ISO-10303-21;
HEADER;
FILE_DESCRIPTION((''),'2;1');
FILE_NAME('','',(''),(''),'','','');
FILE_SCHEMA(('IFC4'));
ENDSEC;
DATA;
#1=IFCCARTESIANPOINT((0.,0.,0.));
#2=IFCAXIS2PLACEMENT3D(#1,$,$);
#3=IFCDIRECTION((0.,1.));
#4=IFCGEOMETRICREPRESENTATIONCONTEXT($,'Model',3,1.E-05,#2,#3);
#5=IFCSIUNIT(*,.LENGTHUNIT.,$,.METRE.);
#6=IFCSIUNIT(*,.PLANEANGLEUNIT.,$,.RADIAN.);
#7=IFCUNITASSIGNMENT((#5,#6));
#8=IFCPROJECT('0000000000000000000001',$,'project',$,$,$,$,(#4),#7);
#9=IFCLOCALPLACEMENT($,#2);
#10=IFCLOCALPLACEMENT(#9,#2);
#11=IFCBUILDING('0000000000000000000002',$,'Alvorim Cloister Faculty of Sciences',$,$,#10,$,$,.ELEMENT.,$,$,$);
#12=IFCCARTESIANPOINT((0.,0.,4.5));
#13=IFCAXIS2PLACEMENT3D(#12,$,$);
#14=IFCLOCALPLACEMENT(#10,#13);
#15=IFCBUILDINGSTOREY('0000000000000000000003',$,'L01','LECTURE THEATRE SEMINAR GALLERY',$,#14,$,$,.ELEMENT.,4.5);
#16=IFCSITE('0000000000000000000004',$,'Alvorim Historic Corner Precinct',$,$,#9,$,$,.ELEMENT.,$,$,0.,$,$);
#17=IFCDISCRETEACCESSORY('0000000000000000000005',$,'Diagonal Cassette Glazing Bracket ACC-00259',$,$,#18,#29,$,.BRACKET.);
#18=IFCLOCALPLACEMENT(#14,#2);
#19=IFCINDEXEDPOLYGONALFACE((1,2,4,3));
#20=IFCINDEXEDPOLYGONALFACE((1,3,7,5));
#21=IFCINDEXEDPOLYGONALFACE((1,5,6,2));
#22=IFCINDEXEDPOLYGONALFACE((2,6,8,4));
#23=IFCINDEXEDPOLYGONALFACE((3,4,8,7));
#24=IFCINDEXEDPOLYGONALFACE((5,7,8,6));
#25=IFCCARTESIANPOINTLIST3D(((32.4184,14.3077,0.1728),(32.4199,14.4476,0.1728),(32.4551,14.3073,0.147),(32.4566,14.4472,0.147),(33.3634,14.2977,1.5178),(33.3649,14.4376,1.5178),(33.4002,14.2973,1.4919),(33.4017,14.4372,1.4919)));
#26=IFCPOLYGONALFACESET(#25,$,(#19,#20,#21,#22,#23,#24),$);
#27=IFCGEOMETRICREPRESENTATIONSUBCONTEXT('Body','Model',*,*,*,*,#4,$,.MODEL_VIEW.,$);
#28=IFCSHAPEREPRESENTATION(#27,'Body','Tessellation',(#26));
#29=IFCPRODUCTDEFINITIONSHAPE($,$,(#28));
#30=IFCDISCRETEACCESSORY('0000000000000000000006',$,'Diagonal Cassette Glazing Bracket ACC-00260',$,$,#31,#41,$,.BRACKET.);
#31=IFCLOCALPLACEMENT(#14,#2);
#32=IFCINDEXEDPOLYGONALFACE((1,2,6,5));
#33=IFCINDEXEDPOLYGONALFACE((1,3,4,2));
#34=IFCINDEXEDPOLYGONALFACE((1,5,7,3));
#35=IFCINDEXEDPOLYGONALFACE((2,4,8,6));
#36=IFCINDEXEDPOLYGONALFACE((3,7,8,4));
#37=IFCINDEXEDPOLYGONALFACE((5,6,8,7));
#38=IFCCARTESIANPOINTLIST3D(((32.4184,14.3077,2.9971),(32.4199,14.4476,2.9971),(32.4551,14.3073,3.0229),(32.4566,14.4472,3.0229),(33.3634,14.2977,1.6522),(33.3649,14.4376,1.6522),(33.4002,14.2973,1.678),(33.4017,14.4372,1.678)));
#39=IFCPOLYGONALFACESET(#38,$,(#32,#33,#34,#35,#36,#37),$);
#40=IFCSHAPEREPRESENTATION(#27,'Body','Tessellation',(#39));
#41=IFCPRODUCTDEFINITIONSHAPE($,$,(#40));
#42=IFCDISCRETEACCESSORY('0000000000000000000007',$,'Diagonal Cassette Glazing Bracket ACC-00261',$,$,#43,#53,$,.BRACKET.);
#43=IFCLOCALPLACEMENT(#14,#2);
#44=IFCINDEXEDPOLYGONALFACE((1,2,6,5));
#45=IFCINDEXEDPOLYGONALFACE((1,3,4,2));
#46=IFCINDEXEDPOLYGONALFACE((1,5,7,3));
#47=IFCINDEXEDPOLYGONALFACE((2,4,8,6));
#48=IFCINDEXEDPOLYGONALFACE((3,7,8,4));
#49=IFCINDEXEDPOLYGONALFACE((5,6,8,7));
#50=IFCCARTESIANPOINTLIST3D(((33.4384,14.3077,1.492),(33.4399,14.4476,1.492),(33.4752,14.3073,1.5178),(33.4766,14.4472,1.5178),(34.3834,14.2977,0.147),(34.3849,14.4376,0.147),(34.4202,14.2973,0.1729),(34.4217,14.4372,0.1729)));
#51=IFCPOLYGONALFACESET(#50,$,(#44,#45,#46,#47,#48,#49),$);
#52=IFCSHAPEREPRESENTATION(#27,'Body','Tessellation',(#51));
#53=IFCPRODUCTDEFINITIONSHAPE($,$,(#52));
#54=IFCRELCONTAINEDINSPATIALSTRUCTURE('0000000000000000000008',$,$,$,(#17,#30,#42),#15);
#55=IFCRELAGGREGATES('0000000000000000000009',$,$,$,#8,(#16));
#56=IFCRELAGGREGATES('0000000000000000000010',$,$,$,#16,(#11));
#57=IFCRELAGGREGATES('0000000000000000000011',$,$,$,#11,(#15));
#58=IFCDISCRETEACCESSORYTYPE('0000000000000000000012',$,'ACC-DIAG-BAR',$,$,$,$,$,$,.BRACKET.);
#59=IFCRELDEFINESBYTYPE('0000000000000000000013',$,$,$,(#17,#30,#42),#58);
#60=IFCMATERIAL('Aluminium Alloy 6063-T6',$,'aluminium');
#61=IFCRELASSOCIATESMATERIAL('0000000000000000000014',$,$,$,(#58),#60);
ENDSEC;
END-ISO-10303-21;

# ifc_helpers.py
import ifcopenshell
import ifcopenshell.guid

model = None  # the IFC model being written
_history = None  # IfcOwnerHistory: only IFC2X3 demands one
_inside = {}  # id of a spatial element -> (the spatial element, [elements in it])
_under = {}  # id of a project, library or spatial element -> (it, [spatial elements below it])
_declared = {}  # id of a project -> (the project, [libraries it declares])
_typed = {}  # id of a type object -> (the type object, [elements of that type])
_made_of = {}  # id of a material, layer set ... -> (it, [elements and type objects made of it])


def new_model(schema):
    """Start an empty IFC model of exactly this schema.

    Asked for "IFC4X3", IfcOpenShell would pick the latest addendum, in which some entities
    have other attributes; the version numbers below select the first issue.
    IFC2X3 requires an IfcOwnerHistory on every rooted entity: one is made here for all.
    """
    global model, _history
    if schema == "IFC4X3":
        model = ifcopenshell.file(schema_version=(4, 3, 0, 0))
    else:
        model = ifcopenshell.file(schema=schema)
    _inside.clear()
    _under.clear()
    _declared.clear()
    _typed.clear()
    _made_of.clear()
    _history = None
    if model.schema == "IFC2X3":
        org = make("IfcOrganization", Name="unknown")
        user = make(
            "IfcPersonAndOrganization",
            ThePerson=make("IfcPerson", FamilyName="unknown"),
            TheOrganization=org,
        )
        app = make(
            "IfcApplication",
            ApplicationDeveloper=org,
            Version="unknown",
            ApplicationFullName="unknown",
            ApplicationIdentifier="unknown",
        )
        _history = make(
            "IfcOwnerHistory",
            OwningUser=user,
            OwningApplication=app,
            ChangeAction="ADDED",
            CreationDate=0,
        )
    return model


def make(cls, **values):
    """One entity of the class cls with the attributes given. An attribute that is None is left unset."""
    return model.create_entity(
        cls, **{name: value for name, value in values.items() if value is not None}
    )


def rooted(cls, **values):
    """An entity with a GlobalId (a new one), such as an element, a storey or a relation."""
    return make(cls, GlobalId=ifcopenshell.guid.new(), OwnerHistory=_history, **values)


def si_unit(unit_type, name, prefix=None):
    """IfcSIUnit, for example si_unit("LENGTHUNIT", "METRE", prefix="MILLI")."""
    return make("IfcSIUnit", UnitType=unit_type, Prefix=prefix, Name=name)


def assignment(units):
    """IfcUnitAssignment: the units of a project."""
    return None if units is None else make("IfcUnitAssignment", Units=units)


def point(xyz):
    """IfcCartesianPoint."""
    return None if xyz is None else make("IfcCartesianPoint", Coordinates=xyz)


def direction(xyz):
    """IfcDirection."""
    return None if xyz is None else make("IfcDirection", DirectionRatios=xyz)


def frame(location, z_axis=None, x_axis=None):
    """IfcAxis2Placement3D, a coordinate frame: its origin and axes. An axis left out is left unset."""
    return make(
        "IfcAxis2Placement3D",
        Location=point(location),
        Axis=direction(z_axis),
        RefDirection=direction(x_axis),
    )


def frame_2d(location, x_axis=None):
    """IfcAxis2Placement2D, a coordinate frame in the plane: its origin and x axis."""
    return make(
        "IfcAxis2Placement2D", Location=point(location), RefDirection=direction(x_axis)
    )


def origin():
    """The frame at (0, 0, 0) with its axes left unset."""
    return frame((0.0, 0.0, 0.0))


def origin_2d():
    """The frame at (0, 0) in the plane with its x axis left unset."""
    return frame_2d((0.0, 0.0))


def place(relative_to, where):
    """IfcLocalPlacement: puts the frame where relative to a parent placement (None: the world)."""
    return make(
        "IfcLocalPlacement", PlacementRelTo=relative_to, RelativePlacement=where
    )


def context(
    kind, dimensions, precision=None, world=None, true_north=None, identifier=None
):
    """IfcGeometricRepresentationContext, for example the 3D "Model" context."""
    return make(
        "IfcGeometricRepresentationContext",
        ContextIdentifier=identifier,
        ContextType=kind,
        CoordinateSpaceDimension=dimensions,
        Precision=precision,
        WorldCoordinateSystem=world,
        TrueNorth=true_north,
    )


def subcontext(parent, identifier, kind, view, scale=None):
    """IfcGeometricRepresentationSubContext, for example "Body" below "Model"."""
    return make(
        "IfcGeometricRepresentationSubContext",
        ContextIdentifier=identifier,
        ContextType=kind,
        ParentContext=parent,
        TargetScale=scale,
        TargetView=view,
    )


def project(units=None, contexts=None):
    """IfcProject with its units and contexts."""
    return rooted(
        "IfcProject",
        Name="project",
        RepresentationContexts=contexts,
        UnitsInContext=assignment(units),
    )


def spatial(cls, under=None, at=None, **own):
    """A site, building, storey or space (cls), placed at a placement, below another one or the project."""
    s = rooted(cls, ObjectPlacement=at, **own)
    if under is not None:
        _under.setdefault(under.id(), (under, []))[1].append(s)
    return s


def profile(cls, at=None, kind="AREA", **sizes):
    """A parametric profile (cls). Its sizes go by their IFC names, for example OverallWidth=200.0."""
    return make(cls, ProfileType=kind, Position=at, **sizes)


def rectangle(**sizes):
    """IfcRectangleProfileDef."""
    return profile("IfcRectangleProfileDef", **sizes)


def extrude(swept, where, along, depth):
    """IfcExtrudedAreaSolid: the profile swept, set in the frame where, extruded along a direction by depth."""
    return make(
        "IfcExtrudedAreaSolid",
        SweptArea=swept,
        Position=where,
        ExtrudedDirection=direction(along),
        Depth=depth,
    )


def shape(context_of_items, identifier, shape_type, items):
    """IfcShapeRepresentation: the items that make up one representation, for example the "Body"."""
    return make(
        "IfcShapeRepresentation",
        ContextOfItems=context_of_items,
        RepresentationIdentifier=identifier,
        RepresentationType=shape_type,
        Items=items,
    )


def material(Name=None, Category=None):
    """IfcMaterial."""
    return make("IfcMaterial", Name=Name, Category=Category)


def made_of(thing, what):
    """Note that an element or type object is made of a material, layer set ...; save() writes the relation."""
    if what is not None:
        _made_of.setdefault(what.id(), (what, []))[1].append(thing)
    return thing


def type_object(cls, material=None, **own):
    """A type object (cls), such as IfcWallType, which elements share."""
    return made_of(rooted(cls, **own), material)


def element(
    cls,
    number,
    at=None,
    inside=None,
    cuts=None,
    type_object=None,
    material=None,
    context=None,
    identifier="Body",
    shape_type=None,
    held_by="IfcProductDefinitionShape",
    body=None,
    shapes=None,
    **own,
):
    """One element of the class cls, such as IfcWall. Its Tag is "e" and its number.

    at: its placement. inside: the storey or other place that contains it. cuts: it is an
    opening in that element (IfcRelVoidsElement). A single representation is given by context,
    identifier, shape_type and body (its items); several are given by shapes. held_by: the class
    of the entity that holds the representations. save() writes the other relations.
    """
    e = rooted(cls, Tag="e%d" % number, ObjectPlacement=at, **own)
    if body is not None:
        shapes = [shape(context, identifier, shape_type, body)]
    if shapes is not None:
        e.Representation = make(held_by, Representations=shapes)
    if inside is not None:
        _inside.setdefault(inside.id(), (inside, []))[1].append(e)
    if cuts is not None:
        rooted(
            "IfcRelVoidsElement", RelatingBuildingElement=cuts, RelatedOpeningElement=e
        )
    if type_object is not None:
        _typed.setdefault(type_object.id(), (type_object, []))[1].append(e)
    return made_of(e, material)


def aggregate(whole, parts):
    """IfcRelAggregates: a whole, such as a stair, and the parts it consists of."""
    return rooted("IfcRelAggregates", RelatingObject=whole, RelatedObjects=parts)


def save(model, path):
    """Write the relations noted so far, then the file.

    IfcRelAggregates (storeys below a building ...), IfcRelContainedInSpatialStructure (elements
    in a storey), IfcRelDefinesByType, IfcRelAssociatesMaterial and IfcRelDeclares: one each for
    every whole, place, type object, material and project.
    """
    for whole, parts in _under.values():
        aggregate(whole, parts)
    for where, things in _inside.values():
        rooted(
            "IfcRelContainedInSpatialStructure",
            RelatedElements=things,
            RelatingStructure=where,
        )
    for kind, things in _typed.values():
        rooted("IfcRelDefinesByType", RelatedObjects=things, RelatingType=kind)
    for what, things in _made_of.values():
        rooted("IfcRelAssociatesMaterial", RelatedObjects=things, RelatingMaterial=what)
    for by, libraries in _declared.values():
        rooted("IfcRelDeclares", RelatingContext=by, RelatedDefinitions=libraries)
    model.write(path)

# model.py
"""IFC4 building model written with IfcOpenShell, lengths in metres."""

from ifc_helpers import new_model, si_unit, direction, frame, origin, origin_2d, place, context, subcontext, project, spatial, rectangle, extrude, material, type_object, element, save


model = new_model("IFC4")

# Units and contexts
model_context = context("Model", 3, precision=1e-05, world=origin(), true_north=direction((0.0, 1.0)))
body_context = subcontext(model_context, "Body", "Model", "MODEL_VIEW")
ifc_project = project(units=[si_unit("LENGTHUNIT", "METRE"), si_unit("PLANEANGLEUNIT", "RADIAN")], contexts=[model_context])

# Site, building, storey
site_placement = place(None, origin())
site = spatial("IfcSite", under=ifc_project, at=site_placement, Name="Alvorim Historic Corner Precinct", CompositionType="ELEMENT", RefElevation=0.0)
building_placement = place(site_placement, origin())
building = spatial("IfcBuilding", under=site, at=building_placement, Name="Alvorim Cloister Faculty of Sciences", CompositionType="ELEMENT")
storey_placement = place(building_placement, frame((0.0, 0.0, 4.5)))
storey = spatial("IfcBuildingStorey", under=building, at=storey_placement, Name="L01", Description="LECTURE THEATRE SEMINAR GALLERY", CompositionType="ELEMENT", Elevation=4.5)

# Shared definitions
ifc_material_1 = material(Name="Aluminium Alloy 6063-T6", Category="aluminium")

# Discrete accessories
discrete_accessory_type = type_object("IfcDiscreteAccessoryType", Name="ACC-DIAG-BAR", PredefinedType="BRACKET", material=ifc_material_1)
for number, where, z_axis, x_axis, name in (
    (1, (32.4375, 14.3774, 0.1599), (0.574916, -0.006089, 0.81819), (0.010591, 0.999944, 0.0), "Diagonal Cassette Glazing Bracket ACC-00259"),
    (2, (32.4375, 14.3774, 3.01), (0.574916, -0.006089, -0.81819), (0.010591, 0.999944, 0.0), "Diagonal Cassette Glazing Bracket ACC-00260"),
    (3, (33.4575, 14.3774, 1.5049), (0.574916, -0.006089, -0.81819), (0.010591, 0.999944, 0.0), "Diagonal Cassette Glazing Bracket ACC-00261"),
):
    element("IfcDiscreteAccessory", number, at=place(storey_placement, frame(where, z_axis=z_axis, x_axis=x_axis)), inside=storey, type_object=discrete_accessory_type, Name=name, PredefinedType="BRACKET", context=body_context, shape_type="SweptSolid", body=[
        extrude(rectangle(XDim=0.1399, YDim=0.0449, at=origin_2d()), origin(), (0.0, 0.0, 1.0), 1.6438),
    ])

save(model, "model.ifc")
